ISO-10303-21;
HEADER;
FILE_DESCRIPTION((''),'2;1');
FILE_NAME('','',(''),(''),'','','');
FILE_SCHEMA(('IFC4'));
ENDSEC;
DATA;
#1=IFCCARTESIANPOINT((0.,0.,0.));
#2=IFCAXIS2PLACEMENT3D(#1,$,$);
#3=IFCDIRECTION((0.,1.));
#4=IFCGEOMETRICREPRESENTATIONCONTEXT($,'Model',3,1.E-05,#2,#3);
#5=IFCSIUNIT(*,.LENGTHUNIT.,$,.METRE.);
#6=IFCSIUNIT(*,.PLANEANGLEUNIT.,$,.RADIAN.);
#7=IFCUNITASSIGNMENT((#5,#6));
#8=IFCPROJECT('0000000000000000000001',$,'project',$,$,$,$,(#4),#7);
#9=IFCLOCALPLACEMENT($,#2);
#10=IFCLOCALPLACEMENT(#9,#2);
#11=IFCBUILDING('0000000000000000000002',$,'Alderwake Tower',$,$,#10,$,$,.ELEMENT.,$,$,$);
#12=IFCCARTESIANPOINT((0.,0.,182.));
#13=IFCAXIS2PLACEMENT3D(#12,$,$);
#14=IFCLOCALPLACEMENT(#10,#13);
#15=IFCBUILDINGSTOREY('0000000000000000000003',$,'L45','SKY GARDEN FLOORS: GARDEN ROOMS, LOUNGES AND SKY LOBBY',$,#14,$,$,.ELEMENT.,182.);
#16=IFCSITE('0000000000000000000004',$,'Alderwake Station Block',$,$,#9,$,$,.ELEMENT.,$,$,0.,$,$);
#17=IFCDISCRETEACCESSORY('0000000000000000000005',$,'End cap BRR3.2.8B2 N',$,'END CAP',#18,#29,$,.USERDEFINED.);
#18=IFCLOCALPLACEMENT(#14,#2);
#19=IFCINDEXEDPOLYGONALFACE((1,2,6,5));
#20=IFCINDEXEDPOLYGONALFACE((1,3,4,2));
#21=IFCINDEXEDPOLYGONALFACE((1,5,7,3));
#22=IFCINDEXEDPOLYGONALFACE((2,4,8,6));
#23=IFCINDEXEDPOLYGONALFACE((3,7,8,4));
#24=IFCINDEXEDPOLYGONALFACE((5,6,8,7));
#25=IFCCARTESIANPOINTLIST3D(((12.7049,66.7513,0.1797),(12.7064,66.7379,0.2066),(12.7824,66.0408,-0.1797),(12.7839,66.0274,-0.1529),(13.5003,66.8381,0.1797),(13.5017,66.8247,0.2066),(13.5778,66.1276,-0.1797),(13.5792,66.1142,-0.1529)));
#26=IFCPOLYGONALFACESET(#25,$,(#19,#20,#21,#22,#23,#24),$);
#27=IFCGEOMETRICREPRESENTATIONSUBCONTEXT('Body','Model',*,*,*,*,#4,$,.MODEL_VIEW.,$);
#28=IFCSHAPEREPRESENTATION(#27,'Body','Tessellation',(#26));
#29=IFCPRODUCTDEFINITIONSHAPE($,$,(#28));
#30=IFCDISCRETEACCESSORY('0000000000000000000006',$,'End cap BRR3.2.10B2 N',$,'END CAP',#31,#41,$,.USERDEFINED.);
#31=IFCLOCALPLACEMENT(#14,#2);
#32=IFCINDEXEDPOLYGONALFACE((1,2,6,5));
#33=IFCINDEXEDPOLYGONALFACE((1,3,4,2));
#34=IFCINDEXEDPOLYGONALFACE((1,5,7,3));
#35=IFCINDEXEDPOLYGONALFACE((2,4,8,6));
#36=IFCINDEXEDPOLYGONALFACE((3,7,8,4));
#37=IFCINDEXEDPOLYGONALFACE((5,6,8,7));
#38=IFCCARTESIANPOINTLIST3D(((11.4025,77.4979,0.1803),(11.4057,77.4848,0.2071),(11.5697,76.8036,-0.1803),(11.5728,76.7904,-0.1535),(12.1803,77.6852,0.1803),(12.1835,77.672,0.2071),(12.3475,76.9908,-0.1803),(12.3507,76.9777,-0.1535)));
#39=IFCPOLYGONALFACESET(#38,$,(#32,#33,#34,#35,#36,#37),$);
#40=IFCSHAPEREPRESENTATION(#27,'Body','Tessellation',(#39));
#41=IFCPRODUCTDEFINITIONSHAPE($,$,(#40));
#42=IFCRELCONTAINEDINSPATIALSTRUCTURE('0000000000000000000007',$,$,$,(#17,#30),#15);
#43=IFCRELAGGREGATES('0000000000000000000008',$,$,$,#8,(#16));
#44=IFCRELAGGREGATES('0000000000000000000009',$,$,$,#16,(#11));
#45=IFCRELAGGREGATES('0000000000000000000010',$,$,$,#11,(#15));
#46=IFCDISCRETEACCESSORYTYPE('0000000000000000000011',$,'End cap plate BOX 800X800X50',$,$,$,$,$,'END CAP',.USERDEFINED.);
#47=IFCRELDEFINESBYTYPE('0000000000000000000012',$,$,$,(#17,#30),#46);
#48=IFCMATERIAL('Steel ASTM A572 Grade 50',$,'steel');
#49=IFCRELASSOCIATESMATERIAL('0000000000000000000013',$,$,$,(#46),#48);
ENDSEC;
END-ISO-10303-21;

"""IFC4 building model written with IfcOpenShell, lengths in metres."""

from ifc_helpers import new_model, si_unit, direction, frame, origin, origin_2d, place, context, subcontext, project, spatial, rectangle, extrude, material, material_profile, profile_set, type_object, element, save


model = new_model("IFC4")

# Units and contexts
model_context = context("Model", 3, precision=1e-05, world=origin(), true_north=direction((0.0, 1.0)))
body_context = subcontext(model_context, "Body", "Model", "MODEL_VIEW")
ifc_project = project(units=[si_unit("LENGTHUNIT", "METRE"), si_unit("PLANEANGLEUNIT", "RADIAN")], contexts=[model_context])

# Site, building, storey
site_placement = place(None, origin())
site = spatial("IfcSite", under=ifc_project, at=site_placement, Name="Alderwake Station Block", CompositionType="ELEMENT", RefElevation=0.0)
building_placement = place(site_placement, origin())
building = spatial("IfcBuilding", under=site, at=building_placement, Name="Alderwake Tower", CompositionType="ELEMENT")
storey_placement = place(building_placement, frame((0.0, 0.0, 182.0)))
storey = spatial("IfcBuildingStorey", under=building, at=storey_placement, Name="L45", Description="SKY GARDEN FLOORS: GARDEN ROOMS, LOUNGES AND SKY LOBBY", CompositionType="ELEMENT", Elevation=182.0)

# Discrete accessories
ifc_material_1 = material(Name="Steel ASTM A572 Grade 50", Category="steel")
ifc_material_profile_1 = material_profile(ifc_material_1, rectangle(XDim=0.8, YDim=0.8, at=origin_2d()), Name="BOX 800X800X50 cap")
ifc_profile_set_1 = profile_set([ifc_material_profile_1], Name="Steel ASTM A572 Grade 50")
discrete_accessory_type_1 = type_object("IfcDiscreteAccessoryType", Name="End cap plate BOX 800X800X50", ElementType="END CAP", PredefinedType="USERDEFINED", material=ifc_profile_set_1)
for number, where, z_axis, x_axis, name in (
    (1, (13.1414, 66.4395, 0.0), (0.048729, -0.446682, 0.893365), (0.994102, 0.108448, 0.0), "End cap BRR3.2.8B2 N"),
    (2, (11.875, 77.2444, 0.0), (0.105496, -0.438214, 0.892658), (0.972224, 0.234054, 0.0), "End cap BRR3.2.10B2 N"),
):
    element("IfcDiscreteAccessory", number, at=place(storey_placement, frame(where, z_axis=z_axis, x_axis=x_axis)), inside=storey, type_object=discrete_accessory_type_1, Name=name, ObjectType="END CAP", PredefinedType="USERDEFINED", context=body_context, shape_type="SweptSolid", body=[
        extrude(rectangle(XDim=0.8, YDim=0.8, at=origin_2d()), origin(), (0.0, 0.0, 1.0), 0.03),
    ])

save(model, "model.ifc")
